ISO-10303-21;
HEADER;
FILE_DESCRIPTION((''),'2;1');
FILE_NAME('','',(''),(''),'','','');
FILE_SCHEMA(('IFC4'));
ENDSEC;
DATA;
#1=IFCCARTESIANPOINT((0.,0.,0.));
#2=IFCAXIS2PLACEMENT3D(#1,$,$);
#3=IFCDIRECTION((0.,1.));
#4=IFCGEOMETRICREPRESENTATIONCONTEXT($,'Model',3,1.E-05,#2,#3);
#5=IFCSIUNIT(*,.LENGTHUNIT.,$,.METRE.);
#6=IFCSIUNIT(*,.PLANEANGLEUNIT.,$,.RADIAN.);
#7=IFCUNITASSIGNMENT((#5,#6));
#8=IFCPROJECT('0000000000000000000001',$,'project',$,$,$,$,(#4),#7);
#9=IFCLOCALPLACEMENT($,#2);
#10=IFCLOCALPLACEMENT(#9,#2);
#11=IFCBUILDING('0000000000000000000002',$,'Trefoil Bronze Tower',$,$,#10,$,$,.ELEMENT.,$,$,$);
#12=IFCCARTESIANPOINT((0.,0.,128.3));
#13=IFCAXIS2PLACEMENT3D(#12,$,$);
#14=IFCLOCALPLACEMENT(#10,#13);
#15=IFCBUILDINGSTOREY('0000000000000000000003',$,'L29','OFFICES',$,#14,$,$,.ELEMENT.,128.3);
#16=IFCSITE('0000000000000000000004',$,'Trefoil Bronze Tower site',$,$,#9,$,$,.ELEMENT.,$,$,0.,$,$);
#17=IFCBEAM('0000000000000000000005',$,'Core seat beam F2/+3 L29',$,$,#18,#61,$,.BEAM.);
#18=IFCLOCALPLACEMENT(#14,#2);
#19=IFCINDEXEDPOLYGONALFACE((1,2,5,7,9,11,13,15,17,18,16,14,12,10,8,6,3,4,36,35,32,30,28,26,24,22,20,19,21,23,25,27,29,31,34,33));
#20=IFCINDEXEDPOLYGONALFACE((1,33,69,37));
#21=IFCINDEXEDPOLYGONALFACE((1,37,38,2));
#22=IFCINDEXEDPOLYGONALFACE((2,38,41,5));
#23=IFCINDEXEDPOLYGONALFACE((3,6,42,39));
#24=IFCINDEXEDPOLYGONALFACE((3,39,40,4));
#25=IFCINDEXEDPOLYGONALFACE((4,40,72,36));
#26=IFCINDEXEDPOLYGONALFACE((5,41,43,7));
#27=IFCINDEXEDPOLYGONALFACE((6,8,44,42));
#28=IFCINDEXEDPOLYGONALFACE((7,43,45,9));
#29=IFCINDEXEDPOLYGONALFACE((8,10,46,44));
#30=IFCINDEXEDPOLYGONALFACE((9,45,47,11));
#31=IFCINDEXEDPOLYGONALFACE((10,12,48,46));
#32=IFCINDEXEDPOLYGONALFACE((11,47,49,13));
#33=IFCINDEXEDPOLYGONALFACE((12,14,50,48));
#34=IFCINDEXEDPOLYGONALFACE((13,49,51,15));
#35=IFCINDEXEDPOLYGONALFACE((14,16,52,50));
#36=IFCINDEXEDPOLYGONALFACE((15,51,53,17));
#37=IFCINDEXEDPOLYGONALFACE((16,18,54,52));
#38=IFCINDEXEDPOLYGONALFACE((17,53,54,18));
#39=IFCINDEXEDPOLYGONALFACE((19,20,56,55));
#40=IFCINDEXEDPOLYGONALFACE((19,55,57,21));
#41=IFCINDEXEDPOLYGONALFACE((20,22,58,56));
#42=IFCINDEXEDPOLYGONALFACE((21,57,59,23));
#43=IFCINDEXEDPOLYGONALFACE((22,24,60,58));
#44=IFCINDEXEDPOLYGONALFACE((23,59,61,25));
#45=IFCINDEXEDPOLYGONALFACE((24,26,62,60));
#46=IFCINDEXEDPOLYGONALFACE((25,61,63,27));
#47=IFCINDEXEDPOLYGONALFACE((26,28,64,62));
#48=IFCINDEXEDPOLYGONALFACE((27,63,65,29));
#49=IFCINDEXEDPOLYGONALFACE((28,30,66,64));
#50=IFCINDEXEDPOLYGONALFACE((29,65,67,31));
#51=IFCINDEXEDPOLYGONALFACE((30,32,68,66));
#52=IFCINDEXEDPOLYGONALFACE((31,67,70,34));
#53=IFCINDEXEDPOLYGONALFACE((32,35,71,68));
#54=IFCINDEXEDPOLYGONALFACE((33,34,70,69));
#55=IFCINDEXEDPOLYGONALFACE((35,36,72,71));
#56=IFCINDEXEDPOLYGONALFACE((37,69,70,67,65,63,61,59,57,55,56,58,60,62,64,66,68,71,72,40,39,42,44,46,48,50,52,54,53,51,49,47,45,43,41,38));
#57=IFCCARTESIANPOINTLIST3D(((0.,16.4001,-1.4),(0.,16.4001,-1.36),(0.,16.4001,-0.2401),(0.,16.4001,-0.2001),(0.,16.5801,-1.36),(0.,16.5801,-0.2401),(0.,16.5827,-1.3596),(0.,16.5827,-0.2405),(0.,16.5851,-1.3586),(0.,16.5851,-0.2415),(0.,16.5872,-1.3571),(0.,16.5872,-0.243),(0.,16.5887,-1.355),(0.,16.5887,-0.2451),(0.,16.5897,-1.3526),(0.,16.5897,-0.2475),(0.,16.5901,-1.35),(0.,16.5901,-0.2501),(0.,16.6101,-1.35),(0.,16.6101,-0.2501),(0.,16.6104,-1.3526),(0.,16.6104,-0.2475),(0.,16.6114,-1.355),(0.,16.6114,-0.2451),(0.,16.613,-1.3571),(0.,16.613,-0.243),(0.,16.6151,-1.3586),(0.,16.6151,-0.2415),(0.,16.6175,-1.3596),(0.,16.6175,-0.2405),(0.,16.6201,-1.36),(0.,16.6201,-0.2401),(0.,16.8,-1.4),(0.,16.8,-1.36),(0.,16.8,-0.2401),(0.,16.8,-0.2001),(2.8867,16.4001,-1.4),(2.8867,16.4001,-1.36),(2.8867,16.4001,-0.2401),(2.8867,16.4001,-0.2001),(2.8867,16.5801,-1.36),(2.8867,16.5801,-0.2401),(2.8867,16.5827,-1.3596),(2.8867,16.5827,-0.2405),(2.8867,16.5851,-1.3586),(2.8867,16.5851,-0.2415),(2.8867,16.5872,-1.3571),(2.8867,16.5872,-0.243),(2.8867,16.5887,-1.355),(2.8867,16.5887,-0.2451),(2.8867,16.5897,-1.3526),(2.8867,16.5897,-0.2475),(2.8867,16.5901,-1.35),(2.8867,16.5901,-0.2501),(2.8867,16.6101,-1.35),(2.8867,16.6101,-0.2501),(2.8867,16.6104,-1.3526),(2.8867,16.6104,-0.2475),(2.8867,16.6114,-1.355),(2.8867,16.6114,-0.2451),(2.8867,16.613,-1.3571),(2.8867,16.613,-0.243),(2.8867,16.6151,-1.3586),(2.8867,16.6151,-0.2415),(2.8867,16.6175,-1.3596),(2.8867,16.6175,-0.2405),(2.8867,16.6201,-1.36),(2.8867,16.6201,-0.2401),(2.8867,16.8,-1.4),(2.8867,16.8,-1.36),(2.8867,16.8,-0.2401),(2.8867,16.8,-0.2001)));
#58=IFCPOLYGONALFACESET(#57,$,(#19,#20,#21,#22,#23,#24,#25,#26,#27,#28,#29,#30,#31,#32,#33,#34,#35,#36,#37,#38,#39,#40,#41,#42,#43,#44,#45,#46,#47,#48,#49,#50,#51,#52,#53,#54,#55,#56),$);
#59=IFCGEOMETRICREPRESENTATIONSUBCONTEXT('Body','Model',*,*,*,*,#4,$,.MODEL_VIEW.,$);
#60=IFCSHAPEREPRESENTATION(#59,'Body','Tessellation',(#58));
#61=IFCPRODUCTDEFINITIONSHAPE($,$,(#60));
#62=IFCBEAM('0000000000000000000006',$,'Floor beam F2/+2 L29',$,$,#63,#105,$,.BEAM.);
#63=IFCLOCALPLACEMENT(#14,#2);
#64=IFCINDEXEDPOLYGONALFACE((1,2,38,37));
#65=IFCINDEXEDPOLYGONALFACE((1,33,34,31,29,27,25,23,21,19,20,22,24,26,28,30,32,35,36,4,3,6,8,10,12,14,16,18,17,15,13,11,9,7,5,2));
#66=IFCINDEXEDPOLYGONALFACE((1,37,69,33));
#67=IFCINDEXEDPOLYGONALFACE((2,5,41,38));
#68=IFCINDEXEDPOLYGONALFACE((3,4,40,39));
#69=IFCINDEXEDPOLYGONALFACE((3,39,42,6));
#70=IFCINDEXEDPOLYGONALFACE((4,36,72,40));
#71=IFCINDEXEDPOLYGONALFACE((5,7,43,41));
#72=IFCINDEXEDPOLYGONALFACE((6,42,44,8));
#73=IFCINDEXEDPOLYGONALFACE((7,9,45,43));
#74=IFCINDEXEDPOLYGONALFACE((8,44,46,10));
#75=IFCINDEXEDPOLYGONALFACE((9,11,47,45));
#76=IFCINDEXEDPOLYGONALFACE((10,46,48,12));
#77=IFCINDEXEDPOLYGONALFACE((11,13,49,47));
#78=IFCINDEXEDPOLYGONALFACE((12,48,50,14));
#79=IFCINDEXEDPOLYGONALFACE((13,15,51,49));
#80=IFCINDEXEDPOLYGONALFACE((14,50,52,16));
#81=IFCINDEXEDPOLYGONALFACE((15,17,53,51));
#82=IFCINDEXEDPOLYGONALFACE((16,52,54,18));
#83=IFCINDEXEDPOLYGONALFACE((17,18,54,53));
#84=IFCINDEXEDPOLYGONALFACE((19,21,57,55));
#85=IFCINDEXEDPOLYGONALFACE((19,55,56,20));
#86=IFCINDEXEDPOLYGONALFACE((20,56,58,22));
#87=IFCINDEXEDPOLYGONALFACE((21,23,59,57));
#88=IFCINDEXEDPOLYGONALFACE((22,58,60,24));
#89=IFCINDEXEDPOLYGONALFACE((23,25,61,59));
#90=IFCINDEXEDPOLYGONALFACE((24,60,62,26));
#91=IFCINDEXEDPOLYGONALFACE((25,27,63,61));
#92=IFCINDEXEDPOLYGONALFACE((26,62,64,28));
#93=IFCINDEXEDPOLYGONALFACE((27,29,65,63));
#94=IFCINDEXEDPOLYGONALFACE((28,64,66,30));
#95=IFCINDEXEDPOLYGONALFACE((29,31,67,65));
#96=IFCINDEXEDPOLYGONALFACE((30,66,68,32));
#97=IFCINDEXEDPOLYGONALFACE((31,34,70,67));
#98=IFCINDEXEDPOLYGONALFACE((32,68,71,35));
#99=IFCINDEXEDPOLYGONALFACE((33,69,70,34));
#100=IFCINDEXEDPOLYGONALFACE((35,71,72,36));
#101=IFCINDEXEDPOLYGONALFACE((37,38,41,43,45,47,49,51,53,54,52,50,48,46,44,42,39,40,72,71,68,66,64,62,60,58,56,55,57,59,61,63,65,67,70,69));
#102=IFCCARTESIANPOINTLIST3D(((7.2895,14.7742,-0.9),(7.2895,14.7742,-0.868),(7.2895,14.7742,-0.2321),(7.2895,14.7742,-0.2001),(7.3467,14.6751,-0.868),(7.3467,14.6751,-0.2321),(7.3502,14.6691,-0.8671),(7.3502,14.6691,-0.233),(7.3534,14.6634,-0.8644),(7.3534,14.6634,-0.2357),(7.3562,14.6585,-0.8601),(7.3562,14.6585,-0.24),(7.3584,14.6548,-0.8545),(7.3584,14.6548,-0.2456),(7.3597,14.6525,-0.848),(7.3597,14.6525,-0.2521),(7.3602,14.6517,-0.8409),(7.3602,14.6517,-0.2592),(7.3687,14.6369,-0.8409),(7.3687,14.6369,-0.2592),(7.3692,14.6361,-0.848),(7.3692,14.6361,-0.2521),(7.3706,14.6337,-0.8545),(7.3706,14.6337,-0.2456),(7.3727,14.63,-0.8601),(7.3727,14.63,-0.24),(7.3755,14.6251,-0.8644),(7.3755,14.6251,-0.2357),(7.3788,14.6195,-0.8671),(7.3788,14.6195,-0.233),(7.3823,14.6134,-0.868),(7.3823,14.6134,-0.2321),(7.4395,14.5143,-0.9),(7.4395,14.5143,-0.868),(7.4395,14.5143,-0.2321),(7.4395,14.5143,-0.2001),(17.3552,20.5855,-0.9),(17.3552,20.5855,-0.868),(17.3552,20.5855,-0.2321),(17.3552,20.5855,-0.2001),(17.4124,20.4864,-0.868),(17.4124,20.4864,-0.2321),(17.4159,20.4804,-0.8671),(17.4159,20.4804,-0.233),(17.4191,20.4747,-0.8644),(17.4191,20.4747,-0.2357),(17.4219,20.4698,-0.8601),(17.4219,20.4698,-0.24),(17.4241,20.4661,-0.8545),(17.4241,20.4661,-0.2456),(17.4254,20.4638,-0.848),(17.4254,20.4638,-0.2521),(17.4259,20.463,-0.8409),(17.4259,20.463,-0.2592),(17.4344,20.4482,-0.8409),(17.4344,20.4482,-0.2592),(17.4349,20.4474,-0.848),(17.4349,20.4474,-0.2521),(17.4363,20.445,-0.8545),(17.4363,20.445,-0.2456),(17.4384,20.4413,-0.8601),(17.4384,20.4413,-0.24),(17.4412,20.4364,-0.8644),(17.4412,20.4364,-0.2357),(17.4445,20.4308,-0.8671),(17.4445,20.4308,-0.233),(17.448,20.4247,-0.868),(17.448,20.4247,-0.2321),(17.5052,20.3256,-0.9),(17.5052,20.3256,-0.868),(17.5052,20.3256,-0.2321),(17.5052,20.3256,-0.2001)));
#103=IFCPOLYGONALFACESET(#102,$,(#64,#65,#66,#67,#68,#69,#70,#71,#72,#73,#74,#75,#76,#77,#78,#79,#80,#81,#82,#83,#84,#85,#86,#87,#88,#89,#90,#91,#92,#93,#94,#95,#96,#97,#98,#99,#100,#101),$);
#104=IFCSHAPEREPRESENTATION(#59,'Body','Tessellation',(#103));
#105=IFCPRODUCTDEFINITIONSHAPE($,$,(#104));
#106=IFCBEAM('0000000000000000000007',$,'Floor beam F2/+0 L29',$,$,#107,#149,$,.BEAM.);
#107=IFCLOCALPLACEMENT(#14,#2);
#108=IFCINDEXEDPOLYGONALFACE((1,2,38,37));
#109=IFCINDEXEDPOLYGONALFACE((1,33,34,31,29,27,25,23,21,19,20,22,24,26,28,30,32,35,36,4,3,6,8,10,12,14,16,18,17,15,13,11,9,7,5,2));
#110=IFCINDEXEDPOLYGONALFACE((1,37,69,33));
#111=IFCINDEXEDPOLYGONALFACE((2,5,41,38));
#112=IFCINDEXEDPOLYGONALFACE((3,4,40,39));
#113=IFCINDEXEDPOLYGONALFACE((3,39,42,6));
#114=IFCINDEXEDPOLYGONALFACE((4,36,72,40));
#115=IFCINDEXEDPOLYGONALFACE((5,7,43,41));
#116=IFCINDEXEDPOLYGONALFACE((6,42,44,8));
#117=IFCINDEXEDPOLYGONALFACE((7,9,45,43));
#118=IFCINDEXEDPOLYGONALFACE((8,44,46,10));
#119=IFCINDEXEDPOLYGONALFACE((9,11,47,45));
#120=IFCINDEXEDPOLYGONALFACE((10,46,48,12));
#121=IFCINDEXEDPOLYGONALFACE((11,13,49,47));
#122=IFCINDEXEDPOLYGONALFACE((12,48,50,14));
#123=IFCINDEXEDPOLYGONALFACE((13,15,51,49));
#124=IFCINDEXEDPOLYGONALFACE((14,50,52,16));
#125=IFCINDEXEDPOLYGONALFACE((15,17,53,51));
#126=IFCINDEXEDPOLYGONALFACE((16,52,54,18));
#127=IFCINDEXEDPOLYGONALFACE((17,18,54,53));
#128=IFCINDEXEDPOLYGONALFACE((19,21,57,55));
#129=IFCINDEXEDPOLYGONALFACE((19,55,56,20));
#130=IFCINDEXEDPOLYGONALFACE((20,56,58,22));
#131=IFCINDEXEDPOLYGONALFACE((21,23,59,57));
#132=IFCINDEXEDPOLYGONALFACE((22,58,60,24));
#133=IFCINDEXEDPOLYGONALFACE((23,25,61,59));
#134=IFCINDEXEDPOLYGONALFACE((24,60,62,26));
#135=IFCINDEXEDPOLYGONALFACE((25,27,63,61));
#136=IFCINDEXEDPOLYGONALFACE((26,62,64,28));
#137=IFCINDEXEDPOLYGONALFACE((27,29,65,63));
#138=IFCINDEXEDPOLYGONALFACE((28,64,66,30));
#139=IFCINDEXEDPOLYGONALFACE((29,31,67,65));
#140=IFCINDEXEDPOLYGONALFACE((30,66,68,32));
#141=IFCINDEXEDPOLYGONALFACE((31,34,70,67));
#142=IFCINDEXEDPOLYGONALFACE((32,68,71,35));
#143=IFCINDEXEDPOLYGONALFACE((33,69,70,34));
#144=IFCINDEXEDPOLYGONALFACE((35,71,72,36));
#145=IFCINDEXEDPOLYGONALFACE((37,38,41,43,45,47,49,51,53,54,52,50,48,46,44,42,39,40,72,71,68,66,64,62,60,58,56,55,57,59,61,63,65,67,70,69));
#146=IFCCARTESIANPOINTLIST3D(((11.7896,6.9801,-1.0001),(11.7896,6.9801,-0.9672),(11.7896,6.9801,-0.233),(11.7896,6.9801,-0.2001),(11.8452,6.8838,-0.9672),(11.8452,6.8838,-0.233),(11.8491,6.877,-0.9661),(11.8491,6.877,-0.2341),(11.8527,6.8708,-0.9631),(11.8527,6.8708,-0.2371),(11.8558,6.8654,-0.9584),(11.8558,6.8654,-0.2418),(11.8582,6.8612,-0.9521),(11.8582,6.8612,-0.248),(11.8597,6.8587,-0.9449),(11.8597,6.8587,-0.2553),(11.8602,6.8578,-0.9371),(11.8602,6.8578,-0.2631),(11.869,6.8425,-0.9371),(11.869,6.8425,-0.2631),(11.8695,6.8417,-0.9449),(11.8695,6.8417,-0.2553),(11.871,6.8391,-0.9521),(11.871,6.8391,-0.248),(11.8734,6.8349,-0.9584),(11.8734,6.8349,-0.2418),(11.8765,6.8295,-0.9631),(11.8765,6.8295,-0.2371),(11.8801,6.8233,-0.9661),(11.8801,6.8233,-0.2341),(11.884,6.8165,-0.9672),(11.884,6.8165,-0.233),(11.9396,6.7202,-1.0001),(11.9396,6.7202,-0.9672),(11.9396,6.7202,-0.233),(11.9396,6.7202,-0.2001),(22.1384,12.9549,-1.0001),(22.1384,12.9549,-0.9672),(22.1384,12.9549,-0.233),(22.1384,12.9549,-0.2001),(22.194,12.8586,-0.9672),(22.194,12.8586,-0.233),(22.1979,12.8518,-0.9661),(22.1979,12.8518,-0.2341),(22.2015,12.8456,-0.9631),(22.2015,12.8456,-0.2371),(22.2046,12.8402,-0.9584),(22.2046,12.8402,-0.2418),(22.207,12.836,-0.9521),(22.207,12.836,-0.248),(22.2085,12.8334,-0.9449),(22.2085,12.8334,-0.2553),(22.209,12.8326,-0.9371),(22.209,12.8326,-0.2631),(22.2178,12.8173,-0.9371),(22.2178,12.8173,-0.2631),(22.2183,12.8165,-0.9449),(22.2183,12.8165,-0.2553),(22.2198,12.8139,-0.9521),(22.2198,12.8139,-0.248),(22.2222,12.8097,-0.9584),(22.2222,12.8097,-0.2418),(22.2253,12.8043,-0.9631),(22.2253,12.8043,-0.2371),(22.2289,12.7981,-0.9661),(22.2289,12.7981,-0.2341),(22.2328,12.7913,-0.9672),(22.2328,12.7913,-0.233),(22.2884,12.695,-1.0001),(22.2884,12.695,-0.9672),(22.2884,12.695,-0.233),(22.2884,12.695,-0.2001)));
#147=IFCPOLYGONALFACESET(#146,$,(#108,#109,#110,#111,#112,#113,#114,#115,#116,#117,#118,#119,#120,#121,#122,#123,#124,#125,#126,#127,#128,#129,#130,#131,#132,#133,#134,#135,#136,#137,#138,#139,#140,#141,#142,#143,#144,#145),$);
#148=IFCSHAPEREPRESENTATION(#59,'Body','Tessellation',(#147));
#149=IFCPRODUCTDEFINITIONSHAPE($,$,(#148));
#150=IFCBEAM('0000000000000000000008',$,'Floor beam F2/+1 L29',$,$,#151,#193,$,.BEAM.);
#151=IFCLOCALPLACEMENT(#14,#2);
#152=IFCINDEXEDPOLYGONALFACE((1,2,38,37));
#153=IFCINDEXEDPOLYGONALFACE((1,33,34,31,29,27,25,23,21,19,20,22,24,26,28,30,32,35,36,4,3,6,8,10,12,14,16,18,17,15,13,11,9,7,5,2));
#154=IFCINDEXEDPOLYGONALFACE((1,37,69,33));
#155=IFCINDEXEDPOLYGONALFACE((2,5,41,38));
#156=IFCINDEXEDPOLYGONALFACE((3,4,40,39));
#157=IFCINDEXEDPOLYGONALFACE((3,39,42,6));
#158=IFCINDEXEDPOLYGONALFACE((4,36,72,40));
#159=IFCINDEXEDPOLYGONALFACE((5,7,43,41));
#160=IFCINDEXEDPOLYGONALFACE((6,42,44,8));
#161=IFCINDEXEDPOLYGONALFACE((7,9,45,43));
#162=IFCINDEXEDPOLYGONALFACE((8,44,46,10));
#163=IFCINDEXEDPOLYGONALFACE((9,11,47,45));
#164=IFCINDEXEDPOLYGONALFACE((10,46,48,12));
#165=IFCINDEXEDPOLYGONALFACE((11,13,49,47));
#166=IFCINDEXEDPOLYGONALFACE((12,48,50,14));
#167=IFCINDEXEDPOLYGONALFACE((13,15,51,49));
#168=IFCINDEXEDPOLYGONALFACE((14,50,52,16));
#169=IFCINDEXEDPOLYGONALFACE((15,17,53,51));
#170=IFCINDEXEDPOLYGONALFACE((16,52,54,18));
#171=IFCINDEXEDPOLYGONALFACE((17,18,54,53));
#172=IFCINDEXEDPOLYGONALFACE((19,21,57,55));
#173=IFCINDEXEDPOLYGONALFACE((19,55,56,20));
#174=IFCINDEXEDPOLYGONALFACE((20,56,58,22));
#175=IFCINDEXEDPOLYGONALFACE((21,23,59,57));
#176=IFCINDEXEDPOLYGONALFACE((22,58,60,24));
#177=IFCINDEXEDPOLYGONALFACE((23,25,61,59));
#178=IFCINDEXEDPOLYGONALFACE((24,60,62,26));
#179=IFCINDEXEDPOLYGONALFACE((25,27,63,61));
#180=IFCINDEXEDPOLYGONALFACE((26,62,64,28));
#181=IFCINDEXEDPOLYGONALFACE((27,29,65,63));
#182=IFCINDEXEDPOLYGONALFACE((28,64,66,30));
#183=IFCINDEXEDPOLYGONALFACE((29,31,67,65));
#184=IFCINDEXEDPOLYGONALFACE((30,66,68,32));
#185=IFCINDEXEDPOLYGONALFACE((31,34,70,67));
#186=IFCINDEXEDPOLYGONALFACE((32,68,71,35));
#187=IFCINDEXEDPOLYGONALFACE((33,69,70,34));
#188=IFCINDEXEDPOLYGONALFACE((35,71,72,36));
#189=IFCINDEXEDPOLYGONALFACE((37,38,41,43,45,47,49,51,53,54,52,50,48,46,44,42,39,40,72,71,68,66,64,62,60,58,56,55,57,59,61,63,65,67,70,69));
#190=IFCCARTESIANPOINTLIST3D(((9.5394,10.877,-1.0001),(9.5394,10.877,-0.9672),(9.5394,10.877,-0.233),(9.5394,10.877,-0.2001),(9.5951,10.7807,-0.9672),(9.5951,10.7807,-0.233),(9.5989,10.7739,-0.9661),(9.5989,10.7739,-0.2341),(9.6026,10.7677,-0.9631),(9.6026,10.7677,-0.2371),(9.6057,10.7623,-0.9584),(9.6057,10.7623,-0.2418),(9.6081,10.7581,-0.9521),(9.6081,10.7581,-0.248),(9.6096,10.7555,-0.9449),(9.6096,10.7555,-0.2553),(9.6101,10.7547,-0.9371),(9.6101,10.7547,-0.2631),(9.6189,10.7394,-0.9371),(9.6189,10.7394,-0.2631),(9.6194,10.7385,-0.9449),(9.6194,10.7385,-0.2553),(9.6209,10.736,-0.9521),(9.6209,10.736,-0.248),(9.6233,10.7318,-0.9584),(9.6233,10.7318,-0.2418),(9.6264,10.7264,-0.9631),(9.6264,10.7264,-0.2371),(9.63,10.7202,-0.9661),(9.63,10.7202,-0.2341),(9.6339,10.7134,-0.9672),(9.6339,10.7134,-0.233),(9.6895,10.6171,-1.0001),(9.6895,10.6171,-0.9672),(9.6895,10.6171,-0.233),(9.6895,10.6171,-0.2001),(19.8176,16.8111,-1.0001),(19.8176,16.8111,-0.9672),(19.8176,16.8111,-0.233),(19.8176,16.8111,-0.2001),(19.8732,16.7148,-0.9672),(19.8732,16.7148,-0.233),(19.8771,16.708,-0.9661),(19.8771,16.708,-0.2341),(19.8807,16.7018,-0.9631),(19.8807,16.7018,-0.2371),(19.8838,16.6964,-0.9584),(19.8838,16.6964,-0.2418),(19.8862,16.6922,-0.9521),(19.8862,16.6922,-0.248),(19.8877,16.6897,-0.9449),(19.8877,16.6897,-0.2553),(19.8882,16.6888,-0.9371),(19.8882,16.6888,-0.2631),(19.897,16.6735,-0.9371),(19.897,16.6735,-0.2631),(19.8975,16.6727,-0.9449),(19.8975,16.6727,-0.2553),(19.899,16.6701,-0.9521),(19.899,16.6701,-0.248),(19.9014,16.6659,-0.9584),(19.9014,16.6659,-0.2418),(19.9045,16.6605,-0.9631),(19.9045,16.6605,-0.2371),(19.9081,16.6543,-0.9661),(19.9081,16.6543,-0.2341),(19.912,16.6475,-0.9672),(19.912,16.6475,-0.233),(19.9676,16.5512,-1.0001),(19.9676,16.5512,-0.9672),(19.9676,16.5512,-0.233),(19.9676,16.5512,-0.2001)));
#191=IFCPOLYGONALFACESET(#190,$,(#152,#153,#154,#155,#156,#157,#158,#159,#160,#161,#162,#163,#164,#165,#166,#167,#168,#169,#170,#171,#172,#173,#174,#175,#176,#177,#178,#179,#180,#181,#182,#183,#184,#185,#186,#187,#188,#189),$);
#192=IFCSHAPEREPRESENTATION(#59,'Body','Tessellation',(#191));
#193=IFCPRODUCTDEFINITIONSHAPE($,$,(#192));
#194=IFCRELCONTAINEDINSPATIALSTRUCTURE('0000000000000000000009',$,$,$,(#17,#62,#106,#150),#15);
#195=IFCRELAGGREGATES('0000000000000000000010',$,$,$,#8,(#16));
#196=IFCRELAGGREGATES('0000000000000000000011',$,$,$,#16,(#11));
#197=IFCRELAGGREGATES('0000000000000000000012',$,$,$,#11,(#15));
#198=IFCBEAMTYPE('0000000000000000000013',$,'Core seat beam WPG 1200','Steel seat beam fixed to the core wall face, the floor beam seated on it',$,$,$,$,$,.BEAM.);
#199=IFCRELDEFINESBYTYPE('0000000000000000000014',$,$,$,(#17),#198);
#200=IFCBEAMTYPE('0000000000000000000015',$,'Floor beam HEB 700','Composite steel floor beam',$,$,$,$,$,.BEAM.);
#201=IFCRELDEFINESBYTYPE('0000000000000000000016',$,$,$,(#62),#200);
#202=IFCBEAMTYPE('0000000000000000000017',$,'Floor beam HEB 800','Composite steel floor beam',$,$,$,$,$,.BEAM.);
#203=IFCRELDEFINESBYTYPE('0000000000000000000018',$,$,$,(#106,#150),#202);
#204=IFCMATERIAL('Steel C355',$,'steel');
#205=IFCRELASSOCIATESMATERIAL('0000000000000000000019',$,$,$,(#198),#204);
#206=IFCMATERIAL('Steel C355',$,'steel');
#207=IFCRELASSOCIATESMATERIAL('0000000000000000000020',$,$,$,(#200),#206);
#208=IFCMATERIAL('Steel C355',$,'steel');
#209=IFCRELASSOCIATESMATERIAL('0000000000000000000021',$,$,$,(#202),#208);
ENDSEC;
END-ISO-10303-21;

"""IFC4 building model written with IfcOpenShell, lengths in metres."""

from ifc_helpers import new_model, si_unit, direction, frame, origin, origin_2d, place, context, subcontext, project, spatial, i_section, extrude, material, material_profile, profile_set, type_object, element, save


model = new_model("IFC4")

# Units and contexts
model_context = context("Model", 3, precision=1e-05, world=origin(), true_north=direction((0.0, 1.0)))
body_context = subcontext(model_context, "Body", "Model", "MODEL_VIEW")
ifc_project = project(units=[si_unit("LENGTHUNIT", "METRE"), si_unit("PLANEANGLEUNIT", "RADIAN")], contexts=[model_context])

# Site, building, storey
site_placement = place(None, origin())
site = spatial("IfcSite", under=ifc_project, at=site_placement, Name="Trefoil Bronze Tower site", CompositionType="ELEMENT", RefElevation=0.0)
building_placement = place(site_placement, origin())
building = spatial("IfcBuilding", under=site, at=building_placement, Name="Trefoil Bronze Tower", CompositionType="ELEMENT")
storey_placement = place(building_placement, frame((0.0, 0.0, 128.3)))
storey = spatial("IfcBuildingStorey", under=building, at=storey_placement, Name="L29", Description="OFFICES", CompositionType="ELEMENT", Elevation=128.3)

# Beams
ifc_material_1 = material(Name="Steel C355", Category="steel")
ifc_material_profile_1 = material_profile(ifc_material_1, i_section(OverallWidth=0.3999, OverallDepth=1.2, WebThickness=0.02, FlangeThickness=0.04, FilletRadius=0.01, at=origin_2d()), Name="WPG 1200")
ifc_profile_set_1 = profile_set([ifc_material_profile_1], Name="Steel C355")
beam_type_1 = type_object("IfcBeamType", Name="Core seat beam WPG 1200", Description="Steel seat beam fixed to the core wall face, the floor beam seated on it", PredefinedType="BEAM", material=ifc_profile_set_1)
beam_1_placement = place(storey_placement, frame((2.8867, 16.6001, -0.8), z_axis=(-1.0, 0.0, 0.0), x_axis=(0.0, -1.0, 0.0)))
element("IfcBeam", 1, at=beam_1_placement, inside=storey, type_object=beam_type_1, Name="Core seat beam F2/+3 L29", PredefinedType="BEAM", context=body_context, shape_type="SweptSolid", body=[
    extrude(i_section(OverallWidth=0.3999, OverallDepth=1.2, WebThickness=0.02, FlangeThickness=0.04, FilletRadius=0.01, at=origin_2d()), origin(), (0.0, 0.0, 1.0), 2.8867),
])
ifc_material_2 = material(Name="Steel C355", Category="steel")
ifc_material_profile_2 = material_profile(ifc_material_2, i_section(OverallWidth=0.3, OverallDepth=0.7, WebThickness=0.0171, FlangeThickness=0.032, FilletRadius=0.0271, at=origin_2d()), Name="HEB 700")
ifc_profile_set_2 = profile_set([ifc_material_profile_2], Name="Steel C355")
beam_type_2 = type_object("IfcBeamType", Name="Floor beam HEB 700", Description="Composite steel floor beam", PredefinedType="BEAM", material=ifc_profile_set_2)
beam_2_placement = place(storey_placement, frame((17.4302, 20.4556, -0.55), z_axis=(-0.866031, -0.499991, 0.0), x_axis=(0.499991, -0.866031, 0.0)))
element("IfcBeam", 2, at=beam_2_placement, inside=storey, type_object=beam_type_2, Name="Floor beam F2/+2 L29", PredefinedType="BEAM", context=body_context, shape_type="SweptSolid", body=[
    extrude(i_section(OverallWidth=0.3, OverallDepth=0.7, WebThickness=0.0171, FlangeThickness=0.032, FilletRadius=0.0271, at=origin_2d()), origin(), (0.0, 0.0, 1.0), 11.6228),
])
ifc_material_3 = material(Name="Steel C355", Category="steel")
ifc_material_profile_3 = material_profile(ifc_material_3, i_section(OverallWidth=0.3, OverallDepth=0.8, WebThickness=0.0176, FlangeThickness=0.033, FilletRadius=0.03, at=origin_2d()), Name="HEB 800")
ifc_profile_set_3 = profile_set([ifc_material_profile_3], Name="Steel C355")
beam_type_3 = type_object("IfcBeamType", Name="Floor beam HEB 800", Description="Composite steel floor beam", PredefinedType="BEAM", material=ifc_profile_set_3)
beam_3_placement = place(storey_placement, frame((22.2134, 12.825, -0.6001), z_axis=(-0.866028, -0.499995, 0.0), x_axis=(0.499995, -0.866028, 0.0)))
element("IfcBeam", 3, at=beam_3_placement, inside=storey, type_object=beam_type_3, Name="Floor beam F2/+0 L29", PredefinedType="BEAM", context=body_context, shape_type="SweptSolid", body=[
    extrude(i_section(OverallWidth=0.3, OverallDepth=0.8, WebThickness=0.0176, FlangeThickness=0.033, FilletRadius=0.03, at=origin_2d()), origin(), (0.0, 0.0, 1.0), 11.9497),
])
beam_4_placement = place(storey_placement, frame((19.8926, 16.6812, -0.6001), z_axis=(-0.866024, -0.500002, 0.0), x_axis=(0.500002, -0.866024, 0.0)))
element("IfcBeam", 4, at=beam_4_placement, inside=storey, type_object=beam_type_3, Name="Floor beam F2/+1 L29", PredefinedType="BEAM", context=body_context, shape_type="SweptSolid", body=[
    extrude(i_section(OverallWidth=0.3, OverallDepth=0.8, WebThickness=0.0176, FlangeThickness=0.033, FilletRadius=0.03, at=origin_2d()), origin(), (0.0, 0.0, 1.0), 11.8682),
])

save(model, "model.ifc")
